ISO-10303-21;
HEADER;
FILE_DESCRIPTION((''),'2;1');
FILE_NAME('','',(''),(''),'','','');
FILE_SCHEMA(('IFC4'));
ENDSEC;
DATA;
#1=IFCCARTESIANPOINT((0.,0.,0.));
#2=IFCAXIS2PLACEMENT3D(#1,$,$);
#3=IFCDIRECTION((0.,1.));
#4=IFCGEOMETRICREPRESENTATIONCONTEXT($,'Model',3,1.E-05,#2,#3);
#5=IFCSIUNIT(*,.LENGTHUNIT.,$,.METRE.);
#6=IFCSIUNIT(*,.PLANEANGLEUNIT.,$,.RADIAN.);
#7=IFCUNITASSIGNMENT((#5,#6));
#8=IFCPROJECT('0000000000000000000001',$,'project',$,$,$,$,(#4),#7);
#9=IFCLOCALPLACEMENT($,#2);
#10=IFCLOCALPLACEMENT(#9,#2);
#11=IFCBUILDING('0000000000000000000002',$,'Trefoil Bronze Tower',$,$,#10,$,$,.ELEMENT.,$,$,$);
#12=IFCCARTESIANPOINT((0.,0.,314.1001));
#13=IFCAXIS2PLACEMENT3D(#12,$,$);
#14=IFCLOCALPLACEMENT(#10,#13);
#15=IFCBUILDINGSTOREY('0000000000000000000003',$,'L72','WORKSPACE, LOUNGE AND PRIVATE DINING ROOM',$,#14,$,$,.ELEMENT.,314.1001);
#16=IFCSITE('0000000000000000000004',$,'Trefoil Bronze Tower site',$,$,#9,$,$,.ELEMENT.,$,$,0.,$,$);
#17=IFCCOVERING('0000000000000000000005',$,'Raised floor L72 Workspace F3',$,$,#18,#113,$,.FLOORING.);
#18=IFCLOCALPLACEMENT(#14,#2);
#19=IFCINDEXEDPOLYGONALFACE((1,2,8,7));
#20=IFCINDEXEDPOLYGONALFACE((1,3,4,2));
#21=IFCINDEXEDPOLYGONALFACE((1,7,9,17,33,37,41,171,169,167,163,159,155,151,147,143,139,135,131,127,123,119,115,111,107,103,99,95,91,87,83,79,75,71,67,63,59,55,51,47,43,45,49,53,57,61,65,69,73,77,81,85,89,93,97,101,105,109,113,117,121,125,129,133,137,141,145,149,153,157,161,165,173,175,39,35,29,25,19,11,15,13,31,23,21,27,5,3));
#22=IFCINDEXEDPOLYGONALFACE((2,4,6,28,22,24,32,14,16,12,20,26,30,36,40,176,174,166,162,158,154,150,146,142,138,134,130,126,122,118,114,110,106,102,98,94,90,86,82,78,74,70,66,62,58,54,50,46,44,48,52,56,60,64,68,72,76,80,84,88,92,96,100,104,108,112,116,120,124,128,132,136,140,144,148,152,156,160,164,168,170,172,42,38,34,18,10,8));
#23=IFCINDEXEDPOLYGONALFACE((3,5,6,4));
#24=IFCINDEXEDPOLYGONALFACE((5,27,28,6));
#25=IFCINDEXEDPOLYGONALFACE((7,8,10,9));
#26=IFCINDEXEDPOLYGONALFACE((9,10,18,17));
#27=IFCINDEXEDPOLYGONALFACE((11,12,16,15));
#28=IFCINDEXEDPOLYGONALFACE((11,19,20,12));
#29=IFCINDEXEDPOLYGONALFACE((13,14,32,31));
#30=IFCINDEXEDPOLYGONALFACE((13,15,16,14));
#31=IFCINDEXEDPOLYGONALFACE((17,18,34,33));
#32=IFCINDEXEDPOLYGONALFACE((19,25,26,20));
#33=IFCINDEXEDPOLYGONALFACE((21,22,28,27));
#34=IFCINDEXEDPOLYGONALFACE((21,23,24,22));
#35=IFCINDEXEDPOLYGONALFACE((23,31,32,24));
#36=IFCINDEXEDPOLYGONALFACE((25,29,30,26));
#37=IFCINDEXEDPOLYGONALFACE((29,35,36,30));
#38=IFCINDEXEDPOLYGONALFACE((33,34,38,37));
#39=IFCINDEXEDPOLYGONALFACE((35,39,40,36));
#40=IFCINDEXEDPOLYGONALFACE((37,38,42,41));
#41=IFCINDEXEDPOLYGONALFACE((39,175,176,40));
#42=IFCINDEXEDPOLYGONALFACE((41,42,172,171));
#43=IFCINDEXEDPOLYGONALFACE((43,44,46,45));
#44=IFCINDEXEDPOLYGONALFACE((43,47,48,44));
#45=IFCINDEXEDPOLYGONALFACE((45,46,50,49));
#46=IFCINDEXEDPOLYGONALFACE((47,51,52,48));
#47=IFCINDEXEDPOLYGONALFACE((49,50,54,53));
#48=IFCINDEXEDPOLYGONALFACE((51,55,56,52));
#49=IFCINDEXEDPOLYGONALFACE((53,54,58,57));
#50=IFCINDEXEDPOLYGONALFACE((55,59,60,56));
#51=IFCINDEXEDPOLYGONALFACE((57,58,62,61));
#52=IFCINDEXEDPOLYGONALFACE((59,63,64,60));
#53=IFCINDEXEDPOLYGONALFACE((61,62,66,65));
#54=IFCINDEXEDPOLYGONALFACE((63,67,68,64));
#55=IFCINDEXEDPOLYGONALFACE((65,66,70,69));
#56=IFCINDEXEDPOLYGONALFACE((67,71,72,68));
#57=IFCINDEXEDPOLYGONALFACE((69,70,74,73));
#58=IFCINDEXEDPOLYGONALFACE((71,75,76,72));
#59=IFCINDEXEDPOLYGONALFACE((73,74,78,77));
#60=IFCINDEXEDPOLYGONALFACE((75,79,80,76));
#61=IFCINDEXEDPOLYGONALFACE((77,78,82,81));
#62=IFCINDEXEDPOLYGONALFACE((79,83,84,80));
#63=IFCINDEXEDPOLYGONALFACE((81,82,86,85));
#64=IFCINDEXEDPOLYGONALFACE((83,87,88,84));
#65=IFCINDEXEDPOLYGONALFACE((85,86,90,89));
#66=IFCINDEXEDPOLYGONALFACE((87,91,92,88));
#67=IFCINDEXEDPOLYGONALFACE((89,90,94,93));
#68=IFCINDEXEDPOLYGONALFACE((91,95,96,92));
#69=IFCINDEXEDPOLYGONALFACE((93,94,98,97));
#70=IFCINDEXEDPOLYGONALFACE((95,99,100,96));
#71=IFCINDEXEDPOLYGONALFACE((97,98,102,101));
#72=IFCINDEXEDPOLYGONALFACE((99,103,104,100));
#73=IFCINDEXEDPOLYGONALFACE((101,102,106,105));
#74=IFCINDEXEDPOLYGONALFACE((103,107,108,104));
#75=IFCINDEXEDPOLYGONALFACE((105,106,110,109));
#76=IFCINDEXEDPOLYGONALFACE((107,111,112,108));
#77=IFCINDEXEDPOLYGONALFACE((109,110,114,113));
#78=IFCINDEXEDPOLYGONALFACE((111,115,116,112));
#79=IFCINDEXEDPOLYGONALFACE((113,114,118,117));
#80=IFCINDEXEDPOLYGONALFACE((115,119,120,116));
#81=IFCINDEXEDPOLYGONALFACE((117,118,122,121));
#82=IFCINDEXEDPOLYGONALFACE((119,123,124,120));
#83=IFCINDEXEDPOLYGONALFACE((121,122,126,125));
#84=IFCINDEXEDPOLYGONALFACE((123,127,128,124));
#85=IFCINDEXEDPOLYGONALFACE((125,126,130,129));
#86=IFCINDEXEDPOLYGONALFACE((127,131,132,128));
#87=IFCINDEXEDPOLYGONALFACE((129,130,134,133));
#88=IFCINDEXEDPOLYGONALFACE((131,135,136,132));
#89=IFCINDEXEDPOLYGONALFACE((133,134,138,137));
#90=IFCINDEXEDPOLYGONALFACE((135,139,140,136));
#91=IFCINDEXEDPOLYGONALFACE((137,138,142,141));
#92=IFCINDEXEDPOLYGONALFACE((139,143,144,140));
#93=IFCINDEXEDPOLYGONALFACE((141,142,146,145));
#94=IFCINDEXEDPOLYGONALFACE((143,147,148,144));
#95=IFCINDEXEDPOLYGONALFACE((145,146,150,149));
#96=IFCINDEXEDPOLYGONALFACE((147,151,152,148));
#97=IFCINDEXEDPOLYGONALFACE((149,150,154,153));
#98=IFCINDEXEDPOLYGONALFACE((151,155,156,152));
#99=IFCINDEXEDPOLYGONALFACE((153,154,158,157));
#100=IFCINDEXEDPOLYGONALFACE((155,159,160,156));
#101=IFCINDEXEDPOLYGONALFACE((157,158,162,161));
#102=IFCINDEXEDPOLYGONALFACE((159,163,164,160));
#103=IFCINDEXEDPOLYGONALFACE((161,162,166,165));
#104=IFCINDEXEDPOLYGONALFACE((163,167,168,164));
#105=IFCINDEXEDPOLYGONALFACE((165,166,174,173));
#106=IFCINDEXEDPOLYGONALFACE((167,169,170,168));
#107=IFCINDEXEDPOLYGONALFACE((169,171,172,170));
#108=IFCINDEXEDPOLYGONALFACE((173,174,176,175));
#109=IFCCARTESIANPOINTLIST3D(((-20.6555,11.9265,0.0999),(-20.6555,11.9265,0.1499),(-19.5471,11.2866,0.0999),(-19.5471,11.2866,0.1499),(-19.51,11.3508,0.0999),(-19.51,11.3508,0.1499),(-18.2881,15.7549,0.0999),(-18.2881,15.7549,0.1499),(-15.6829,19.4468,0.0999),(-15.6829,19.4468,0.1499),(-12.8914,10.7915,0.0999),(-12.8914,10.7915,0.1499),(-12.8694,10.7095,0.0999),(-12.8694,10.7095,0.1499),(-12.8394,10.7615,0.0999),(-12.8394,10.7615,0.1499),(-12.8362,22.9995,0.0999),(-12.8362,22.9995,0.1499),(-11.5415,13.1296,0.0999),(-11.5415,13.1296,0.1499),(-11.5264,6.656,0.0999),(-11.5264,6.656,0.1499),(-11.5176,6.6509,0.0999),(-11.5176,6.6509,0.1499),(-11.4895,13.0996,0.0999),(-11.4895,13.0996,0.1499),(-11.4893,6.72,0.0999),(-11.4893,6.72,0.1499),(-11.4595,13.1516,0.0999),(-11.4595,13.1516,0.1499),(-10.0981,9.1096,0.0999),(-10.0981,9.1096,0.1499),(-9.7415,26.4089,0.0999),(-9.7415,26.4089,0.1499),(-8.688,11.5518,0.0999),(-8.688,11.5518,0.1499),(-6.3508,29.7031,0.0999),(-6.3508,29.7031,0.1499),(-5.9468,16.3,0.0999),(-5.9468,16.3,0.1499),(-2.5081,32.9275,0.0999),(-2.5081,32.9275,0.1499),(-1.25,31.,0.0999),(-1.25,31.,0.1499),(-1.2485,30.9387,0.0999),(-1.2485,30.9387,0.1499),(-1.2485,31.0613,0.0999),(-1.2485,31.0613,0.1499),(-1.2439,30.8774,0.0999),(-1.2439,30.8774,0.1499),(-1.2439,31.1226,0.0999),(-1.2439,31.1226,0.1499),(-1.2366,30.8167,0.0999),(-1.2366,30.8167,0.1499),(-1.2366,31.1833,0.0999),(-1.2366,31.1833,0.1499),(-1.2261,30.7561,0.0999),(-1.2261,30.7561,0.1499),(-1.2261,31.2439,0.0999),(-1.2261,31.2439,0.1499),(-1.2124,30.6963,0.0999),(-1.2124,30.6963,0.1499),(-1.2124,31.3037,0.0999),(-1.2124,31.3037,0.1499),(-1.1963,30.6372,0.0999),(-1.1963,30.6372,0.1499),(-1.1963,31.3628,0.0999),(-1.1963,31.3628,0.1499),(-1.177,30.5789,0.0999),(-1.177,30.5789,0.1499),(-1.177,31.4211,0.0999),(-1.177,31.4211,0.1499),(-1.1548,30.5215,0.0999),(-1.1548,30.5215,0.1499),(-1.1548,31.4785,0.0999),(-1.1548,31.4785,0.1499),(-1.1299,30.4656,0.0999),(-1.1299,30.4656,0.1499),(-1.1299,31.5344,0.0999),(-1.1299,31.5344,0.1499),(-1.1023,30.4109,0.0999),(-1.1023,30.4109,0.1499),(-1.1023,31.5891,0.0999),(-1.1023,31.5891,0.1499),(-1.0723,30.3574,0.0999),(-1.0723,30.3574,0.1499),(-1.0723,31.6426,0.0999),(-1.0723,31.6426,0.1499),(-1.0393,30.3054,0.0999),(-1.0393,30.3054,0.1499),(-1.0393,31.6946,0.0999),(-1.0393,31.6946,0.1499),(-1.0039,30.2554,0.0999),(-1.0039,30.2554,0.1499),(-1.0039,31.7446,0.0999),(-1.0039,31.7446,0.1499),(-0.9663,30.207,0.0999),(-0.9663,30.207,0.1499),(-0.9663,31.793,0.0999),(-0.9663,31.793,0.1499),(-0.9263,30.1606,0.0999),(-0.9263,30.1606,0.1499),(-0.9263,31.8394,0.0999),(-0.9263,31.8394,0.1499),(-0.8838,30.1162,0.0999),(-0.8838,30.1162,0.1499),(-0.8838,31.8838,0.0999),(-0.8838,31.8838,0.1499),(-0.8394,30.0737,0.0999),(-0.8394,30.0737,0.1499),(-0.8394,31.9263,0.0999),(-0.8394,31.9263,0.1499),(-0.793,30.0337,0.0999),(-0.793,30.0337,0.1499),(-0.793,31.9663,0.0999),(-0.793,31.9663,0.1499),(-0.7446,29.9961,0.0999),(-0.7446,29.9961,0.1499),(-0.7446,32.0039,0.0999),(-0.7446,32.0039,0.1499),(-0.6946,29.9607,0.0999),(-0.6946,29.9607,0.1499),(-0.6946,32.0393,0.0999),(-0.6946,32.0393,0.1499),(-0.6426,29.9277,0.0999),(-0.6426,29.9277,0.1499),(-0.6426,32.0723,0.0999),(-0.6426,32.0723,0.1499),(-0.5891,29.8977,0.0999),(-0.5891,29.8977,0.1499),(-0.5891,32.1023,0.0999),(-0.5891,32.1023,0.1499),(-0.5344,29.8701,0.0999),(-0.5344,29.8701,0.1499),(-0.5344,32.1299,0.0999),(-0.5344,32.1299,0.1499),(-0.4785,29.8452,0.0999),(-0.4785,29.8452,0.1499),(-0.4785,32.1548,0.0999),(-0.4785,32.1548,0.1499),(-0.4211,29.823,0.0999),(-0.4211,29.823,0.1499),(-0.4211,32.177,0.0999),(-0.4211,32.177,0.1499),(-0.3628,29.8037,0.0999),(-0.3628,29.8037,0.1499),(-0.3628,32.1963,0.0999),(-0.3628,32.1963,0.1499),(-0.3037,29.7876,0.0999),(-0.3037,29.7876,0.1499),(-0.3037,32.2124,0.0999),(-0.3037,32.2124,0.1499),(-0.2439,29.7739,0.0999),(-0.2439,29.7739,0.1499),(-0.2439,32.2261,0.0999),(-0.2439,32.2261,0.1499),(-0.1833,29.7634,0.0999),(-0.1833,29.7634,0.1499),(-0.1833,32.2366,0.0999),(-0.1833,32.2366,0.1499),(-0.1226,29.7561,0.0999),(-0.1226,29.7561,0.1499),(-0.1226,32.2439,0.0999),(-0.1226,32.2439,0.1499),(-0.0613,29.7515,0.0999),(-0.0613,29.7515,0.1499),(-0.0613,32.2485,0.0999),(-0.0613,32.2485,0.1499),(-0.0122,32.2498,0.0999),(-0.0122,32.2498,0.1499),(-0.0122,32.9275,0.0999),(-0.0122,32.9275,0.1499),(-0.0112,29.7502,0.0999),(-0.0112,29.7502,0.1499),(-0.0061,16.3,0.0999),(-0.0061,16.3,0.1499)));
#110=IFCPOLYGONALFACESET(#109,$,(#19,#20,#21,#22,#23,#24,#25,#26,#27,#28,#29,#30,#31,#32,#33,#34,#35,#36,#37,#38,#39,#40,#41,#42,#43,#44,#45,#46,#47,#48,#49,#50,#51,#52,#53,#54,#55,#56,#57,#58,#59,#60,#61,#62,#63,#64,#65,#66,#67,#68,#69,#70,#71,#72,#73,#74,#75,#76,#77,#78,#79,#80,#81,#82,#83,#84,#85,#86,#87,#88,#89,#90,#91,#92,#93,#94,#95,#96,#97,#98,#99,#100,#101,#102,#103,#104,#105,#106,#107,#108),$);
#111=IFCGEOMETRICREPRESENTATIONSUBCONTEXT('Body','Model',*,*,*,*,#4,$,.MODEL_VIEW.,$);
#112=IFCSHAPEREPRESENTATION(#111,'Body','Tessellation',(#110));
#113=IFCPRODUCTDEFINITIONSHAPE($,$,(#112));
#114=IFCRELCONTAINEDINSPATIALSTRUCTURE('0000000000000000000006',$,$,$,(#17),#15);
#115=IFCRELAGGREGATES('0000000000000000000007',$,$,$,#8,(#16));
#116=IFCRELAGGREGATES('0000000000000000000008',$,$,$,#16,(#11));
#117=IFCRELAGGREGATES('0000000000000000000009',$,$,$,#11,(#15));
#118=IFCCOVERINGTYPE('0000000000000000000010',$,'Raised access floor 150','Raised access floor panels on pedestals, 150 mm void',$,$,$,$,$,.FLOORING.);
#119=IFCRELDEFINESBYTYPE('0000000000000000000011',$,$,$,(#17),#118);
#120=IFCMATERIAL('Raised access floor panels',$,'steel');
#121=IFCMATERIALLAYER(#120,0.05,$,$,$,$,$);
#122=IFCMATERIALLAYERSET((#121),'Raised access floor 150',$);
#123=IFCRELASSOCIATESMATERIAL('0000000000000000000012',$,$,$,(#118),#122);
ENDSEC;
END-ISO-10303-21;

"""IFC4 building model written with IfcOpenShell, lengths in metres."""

from ifc_helpers import new_model, si_unit, direction, frame, origin, place, context, subcontext, project, spatial, polyline, outline, extrude, material, layer, layer_set, type_object, element, save


model = new_model("IFC4")

# Units and contexts
model_context = context("Model", 3, precision=1e-05, world=origin(), true_north=direction((0.0, 1.0)))
body_context = subcontext(model_context, "Body", "Model", "MODEL_VIEW")
ifc_project = project(units=[si_unit("LENGTHUNIT", "METRE"), si_unit("PLANEANGLEUNIT", "RADIAN")], contexts=[model_context])

# Site, building, storey
site_placement = place(None, origin())
site = spatial("IfcSite", under=ifc_project, at=site_placement, Name="Trefoil Bronze Tower site", CompositionType="ELEMENT", RefElevation=0.0)
building_placement = place(site_placement, origin())
building = spatial("IfcBuilding", under=site, at=building_placement, Name="Trefoil Bronze Tower", CompositionType="ELEMENT")
storey_placement = place(building_placement, frame((0.0, 0.0, 314.1001)))
storey = spatial("IfcBuildingStorey", under=building, at=storey_placement, Name="L72", Description="WORKSPACE, LOUNGE AND PRIVATE DINING ROOM", CompositionType="ELEMENT", Elevation=314.1001)

# Covering
ifc_material_1 = material(Name="Raised access floor panels", Category="steel")
ifc_layer_1 = layer(ifc_material_1, 0.05)
ifc_layer_set_1 = layer_set([ifc_layer_1], Name="Raised access floor 150")
covering_type_1 = type_object("IfcCoveringType", Name="Raised access floor 150", Description="Raised access floor panels on pedestals, 150 mm void", PredefinedType="FLOORING", material=ifc_layer_set_1)
covering_1_placement = place(storey_placement, frame((0.0, 0.0, 0.0999)))
element("IfcCovering", 1, at=covering_1_placement, inside=storey, type_object=covering_type_1, Name="Raised floor L72 Workspace F3", PredefinedType="FLOORING", context=body_context, shape_type="SweptSolid", body=[
    extrude(outline(polyline([(-8.688, 11.5518), (-11.4595, 13.1516), (-11.4895, 13.0996), (-11.5415, 13.1296), (-12.8914, 10.7915), (-12.8394, 10.7615), (-12.8694, 10.7095), (-10.0981, 9.1096), (-11.5176, 6.6509), (-11.5264, 6.656), (-11.4893, 6.72), (-19.51, 11.3508), (-19.5471, 11.2866), (-20.6555, 11.9265), (-18.2881, 15.7549), (-15.6829, 19.4468), (-12.8362, 22.9995), (-9.7415, 26.4089), (-6.3508, 29.7031), (-2.5081, 32.9275), (-0.0122, 32.9275), (-0.0122, 32.2498), (-0.0613, 32.2485), (-0.1226, 32.2439), (-0.1833, 32.2366), (-0.2439, 32.2261), (-0.3037, 32.2124), (-0.3628, 32.1963), (-0.4211, 32.177), (-0.4785, 32.1548), (-0.5344, 32.1299), (-0.5891, 32.1023), (-0.6426, 32.0723), (-0.6946, 32.0393), (-0.7446, 32.0039), (-0.793, 31.9663), (-0.8394, 31.9263), (-0.8838, 31.8838), (-0.9263, 31.8394), (-0.9663, 31.793), (-1.0039, 31.7446), (-1.0393, 31.6946), (-1.0723, 31.6426), (-1.1023, 31.5891), (-1.1299, 31.5344), (-1.1548, 31.4785), (-1.177, 31.4211), (-1.1963, 31.3628), (-1.2124, 31.3037), (-1.2261, 31.2439), (-1.2366, 31.1833), (-1.2439, 31.1226), (-1.2485, 31.0613), (-1.25, 31.0), (-1.2485, 30.9387), (-1.2439, 30.8774), (-1.2366, 30.8167), (-1.2261, 30.7561), (-1.2124, 30.6963), (-1.1963, 30.6372), (-1.177, 30.5789), (-1.1548, 30.5215), (-1.1299, 30.4656), (-1.1023, 30.4109), (-1.0723, 30.3574), (-1.0393, 30.3054), (-1.0039, 30.2554), (-0.9663, 30.207), (-0.9263, 30.1606), (-0.8838, 30.1162), (-0.8394, 30.0737), (-0.793, 30.0337), (-0.7446, 29.9961), (-0.6946, 29.9607), (-0.6426, 29.9277), (-0.5891, 29.8977), (-0.5344, 29.8701), (-0.4785, 29.8452), (-0.4211, 29.823), (-0.3628, 29.8037), (-0.3037, 29.7876), (-0.2439, 29.7739), (-0.1833, 29.7634), (-0.1226, 29.7561), (-0.0613, 29.7515), (-0.0112, 29.7502), (-0.0061, 16.3), (-5.9468, 16.3), (-8.688, 11.5518)])), origin(), (0.0, 0.0, 1.0), 0.05),
])

save(model, "model.ifc")
